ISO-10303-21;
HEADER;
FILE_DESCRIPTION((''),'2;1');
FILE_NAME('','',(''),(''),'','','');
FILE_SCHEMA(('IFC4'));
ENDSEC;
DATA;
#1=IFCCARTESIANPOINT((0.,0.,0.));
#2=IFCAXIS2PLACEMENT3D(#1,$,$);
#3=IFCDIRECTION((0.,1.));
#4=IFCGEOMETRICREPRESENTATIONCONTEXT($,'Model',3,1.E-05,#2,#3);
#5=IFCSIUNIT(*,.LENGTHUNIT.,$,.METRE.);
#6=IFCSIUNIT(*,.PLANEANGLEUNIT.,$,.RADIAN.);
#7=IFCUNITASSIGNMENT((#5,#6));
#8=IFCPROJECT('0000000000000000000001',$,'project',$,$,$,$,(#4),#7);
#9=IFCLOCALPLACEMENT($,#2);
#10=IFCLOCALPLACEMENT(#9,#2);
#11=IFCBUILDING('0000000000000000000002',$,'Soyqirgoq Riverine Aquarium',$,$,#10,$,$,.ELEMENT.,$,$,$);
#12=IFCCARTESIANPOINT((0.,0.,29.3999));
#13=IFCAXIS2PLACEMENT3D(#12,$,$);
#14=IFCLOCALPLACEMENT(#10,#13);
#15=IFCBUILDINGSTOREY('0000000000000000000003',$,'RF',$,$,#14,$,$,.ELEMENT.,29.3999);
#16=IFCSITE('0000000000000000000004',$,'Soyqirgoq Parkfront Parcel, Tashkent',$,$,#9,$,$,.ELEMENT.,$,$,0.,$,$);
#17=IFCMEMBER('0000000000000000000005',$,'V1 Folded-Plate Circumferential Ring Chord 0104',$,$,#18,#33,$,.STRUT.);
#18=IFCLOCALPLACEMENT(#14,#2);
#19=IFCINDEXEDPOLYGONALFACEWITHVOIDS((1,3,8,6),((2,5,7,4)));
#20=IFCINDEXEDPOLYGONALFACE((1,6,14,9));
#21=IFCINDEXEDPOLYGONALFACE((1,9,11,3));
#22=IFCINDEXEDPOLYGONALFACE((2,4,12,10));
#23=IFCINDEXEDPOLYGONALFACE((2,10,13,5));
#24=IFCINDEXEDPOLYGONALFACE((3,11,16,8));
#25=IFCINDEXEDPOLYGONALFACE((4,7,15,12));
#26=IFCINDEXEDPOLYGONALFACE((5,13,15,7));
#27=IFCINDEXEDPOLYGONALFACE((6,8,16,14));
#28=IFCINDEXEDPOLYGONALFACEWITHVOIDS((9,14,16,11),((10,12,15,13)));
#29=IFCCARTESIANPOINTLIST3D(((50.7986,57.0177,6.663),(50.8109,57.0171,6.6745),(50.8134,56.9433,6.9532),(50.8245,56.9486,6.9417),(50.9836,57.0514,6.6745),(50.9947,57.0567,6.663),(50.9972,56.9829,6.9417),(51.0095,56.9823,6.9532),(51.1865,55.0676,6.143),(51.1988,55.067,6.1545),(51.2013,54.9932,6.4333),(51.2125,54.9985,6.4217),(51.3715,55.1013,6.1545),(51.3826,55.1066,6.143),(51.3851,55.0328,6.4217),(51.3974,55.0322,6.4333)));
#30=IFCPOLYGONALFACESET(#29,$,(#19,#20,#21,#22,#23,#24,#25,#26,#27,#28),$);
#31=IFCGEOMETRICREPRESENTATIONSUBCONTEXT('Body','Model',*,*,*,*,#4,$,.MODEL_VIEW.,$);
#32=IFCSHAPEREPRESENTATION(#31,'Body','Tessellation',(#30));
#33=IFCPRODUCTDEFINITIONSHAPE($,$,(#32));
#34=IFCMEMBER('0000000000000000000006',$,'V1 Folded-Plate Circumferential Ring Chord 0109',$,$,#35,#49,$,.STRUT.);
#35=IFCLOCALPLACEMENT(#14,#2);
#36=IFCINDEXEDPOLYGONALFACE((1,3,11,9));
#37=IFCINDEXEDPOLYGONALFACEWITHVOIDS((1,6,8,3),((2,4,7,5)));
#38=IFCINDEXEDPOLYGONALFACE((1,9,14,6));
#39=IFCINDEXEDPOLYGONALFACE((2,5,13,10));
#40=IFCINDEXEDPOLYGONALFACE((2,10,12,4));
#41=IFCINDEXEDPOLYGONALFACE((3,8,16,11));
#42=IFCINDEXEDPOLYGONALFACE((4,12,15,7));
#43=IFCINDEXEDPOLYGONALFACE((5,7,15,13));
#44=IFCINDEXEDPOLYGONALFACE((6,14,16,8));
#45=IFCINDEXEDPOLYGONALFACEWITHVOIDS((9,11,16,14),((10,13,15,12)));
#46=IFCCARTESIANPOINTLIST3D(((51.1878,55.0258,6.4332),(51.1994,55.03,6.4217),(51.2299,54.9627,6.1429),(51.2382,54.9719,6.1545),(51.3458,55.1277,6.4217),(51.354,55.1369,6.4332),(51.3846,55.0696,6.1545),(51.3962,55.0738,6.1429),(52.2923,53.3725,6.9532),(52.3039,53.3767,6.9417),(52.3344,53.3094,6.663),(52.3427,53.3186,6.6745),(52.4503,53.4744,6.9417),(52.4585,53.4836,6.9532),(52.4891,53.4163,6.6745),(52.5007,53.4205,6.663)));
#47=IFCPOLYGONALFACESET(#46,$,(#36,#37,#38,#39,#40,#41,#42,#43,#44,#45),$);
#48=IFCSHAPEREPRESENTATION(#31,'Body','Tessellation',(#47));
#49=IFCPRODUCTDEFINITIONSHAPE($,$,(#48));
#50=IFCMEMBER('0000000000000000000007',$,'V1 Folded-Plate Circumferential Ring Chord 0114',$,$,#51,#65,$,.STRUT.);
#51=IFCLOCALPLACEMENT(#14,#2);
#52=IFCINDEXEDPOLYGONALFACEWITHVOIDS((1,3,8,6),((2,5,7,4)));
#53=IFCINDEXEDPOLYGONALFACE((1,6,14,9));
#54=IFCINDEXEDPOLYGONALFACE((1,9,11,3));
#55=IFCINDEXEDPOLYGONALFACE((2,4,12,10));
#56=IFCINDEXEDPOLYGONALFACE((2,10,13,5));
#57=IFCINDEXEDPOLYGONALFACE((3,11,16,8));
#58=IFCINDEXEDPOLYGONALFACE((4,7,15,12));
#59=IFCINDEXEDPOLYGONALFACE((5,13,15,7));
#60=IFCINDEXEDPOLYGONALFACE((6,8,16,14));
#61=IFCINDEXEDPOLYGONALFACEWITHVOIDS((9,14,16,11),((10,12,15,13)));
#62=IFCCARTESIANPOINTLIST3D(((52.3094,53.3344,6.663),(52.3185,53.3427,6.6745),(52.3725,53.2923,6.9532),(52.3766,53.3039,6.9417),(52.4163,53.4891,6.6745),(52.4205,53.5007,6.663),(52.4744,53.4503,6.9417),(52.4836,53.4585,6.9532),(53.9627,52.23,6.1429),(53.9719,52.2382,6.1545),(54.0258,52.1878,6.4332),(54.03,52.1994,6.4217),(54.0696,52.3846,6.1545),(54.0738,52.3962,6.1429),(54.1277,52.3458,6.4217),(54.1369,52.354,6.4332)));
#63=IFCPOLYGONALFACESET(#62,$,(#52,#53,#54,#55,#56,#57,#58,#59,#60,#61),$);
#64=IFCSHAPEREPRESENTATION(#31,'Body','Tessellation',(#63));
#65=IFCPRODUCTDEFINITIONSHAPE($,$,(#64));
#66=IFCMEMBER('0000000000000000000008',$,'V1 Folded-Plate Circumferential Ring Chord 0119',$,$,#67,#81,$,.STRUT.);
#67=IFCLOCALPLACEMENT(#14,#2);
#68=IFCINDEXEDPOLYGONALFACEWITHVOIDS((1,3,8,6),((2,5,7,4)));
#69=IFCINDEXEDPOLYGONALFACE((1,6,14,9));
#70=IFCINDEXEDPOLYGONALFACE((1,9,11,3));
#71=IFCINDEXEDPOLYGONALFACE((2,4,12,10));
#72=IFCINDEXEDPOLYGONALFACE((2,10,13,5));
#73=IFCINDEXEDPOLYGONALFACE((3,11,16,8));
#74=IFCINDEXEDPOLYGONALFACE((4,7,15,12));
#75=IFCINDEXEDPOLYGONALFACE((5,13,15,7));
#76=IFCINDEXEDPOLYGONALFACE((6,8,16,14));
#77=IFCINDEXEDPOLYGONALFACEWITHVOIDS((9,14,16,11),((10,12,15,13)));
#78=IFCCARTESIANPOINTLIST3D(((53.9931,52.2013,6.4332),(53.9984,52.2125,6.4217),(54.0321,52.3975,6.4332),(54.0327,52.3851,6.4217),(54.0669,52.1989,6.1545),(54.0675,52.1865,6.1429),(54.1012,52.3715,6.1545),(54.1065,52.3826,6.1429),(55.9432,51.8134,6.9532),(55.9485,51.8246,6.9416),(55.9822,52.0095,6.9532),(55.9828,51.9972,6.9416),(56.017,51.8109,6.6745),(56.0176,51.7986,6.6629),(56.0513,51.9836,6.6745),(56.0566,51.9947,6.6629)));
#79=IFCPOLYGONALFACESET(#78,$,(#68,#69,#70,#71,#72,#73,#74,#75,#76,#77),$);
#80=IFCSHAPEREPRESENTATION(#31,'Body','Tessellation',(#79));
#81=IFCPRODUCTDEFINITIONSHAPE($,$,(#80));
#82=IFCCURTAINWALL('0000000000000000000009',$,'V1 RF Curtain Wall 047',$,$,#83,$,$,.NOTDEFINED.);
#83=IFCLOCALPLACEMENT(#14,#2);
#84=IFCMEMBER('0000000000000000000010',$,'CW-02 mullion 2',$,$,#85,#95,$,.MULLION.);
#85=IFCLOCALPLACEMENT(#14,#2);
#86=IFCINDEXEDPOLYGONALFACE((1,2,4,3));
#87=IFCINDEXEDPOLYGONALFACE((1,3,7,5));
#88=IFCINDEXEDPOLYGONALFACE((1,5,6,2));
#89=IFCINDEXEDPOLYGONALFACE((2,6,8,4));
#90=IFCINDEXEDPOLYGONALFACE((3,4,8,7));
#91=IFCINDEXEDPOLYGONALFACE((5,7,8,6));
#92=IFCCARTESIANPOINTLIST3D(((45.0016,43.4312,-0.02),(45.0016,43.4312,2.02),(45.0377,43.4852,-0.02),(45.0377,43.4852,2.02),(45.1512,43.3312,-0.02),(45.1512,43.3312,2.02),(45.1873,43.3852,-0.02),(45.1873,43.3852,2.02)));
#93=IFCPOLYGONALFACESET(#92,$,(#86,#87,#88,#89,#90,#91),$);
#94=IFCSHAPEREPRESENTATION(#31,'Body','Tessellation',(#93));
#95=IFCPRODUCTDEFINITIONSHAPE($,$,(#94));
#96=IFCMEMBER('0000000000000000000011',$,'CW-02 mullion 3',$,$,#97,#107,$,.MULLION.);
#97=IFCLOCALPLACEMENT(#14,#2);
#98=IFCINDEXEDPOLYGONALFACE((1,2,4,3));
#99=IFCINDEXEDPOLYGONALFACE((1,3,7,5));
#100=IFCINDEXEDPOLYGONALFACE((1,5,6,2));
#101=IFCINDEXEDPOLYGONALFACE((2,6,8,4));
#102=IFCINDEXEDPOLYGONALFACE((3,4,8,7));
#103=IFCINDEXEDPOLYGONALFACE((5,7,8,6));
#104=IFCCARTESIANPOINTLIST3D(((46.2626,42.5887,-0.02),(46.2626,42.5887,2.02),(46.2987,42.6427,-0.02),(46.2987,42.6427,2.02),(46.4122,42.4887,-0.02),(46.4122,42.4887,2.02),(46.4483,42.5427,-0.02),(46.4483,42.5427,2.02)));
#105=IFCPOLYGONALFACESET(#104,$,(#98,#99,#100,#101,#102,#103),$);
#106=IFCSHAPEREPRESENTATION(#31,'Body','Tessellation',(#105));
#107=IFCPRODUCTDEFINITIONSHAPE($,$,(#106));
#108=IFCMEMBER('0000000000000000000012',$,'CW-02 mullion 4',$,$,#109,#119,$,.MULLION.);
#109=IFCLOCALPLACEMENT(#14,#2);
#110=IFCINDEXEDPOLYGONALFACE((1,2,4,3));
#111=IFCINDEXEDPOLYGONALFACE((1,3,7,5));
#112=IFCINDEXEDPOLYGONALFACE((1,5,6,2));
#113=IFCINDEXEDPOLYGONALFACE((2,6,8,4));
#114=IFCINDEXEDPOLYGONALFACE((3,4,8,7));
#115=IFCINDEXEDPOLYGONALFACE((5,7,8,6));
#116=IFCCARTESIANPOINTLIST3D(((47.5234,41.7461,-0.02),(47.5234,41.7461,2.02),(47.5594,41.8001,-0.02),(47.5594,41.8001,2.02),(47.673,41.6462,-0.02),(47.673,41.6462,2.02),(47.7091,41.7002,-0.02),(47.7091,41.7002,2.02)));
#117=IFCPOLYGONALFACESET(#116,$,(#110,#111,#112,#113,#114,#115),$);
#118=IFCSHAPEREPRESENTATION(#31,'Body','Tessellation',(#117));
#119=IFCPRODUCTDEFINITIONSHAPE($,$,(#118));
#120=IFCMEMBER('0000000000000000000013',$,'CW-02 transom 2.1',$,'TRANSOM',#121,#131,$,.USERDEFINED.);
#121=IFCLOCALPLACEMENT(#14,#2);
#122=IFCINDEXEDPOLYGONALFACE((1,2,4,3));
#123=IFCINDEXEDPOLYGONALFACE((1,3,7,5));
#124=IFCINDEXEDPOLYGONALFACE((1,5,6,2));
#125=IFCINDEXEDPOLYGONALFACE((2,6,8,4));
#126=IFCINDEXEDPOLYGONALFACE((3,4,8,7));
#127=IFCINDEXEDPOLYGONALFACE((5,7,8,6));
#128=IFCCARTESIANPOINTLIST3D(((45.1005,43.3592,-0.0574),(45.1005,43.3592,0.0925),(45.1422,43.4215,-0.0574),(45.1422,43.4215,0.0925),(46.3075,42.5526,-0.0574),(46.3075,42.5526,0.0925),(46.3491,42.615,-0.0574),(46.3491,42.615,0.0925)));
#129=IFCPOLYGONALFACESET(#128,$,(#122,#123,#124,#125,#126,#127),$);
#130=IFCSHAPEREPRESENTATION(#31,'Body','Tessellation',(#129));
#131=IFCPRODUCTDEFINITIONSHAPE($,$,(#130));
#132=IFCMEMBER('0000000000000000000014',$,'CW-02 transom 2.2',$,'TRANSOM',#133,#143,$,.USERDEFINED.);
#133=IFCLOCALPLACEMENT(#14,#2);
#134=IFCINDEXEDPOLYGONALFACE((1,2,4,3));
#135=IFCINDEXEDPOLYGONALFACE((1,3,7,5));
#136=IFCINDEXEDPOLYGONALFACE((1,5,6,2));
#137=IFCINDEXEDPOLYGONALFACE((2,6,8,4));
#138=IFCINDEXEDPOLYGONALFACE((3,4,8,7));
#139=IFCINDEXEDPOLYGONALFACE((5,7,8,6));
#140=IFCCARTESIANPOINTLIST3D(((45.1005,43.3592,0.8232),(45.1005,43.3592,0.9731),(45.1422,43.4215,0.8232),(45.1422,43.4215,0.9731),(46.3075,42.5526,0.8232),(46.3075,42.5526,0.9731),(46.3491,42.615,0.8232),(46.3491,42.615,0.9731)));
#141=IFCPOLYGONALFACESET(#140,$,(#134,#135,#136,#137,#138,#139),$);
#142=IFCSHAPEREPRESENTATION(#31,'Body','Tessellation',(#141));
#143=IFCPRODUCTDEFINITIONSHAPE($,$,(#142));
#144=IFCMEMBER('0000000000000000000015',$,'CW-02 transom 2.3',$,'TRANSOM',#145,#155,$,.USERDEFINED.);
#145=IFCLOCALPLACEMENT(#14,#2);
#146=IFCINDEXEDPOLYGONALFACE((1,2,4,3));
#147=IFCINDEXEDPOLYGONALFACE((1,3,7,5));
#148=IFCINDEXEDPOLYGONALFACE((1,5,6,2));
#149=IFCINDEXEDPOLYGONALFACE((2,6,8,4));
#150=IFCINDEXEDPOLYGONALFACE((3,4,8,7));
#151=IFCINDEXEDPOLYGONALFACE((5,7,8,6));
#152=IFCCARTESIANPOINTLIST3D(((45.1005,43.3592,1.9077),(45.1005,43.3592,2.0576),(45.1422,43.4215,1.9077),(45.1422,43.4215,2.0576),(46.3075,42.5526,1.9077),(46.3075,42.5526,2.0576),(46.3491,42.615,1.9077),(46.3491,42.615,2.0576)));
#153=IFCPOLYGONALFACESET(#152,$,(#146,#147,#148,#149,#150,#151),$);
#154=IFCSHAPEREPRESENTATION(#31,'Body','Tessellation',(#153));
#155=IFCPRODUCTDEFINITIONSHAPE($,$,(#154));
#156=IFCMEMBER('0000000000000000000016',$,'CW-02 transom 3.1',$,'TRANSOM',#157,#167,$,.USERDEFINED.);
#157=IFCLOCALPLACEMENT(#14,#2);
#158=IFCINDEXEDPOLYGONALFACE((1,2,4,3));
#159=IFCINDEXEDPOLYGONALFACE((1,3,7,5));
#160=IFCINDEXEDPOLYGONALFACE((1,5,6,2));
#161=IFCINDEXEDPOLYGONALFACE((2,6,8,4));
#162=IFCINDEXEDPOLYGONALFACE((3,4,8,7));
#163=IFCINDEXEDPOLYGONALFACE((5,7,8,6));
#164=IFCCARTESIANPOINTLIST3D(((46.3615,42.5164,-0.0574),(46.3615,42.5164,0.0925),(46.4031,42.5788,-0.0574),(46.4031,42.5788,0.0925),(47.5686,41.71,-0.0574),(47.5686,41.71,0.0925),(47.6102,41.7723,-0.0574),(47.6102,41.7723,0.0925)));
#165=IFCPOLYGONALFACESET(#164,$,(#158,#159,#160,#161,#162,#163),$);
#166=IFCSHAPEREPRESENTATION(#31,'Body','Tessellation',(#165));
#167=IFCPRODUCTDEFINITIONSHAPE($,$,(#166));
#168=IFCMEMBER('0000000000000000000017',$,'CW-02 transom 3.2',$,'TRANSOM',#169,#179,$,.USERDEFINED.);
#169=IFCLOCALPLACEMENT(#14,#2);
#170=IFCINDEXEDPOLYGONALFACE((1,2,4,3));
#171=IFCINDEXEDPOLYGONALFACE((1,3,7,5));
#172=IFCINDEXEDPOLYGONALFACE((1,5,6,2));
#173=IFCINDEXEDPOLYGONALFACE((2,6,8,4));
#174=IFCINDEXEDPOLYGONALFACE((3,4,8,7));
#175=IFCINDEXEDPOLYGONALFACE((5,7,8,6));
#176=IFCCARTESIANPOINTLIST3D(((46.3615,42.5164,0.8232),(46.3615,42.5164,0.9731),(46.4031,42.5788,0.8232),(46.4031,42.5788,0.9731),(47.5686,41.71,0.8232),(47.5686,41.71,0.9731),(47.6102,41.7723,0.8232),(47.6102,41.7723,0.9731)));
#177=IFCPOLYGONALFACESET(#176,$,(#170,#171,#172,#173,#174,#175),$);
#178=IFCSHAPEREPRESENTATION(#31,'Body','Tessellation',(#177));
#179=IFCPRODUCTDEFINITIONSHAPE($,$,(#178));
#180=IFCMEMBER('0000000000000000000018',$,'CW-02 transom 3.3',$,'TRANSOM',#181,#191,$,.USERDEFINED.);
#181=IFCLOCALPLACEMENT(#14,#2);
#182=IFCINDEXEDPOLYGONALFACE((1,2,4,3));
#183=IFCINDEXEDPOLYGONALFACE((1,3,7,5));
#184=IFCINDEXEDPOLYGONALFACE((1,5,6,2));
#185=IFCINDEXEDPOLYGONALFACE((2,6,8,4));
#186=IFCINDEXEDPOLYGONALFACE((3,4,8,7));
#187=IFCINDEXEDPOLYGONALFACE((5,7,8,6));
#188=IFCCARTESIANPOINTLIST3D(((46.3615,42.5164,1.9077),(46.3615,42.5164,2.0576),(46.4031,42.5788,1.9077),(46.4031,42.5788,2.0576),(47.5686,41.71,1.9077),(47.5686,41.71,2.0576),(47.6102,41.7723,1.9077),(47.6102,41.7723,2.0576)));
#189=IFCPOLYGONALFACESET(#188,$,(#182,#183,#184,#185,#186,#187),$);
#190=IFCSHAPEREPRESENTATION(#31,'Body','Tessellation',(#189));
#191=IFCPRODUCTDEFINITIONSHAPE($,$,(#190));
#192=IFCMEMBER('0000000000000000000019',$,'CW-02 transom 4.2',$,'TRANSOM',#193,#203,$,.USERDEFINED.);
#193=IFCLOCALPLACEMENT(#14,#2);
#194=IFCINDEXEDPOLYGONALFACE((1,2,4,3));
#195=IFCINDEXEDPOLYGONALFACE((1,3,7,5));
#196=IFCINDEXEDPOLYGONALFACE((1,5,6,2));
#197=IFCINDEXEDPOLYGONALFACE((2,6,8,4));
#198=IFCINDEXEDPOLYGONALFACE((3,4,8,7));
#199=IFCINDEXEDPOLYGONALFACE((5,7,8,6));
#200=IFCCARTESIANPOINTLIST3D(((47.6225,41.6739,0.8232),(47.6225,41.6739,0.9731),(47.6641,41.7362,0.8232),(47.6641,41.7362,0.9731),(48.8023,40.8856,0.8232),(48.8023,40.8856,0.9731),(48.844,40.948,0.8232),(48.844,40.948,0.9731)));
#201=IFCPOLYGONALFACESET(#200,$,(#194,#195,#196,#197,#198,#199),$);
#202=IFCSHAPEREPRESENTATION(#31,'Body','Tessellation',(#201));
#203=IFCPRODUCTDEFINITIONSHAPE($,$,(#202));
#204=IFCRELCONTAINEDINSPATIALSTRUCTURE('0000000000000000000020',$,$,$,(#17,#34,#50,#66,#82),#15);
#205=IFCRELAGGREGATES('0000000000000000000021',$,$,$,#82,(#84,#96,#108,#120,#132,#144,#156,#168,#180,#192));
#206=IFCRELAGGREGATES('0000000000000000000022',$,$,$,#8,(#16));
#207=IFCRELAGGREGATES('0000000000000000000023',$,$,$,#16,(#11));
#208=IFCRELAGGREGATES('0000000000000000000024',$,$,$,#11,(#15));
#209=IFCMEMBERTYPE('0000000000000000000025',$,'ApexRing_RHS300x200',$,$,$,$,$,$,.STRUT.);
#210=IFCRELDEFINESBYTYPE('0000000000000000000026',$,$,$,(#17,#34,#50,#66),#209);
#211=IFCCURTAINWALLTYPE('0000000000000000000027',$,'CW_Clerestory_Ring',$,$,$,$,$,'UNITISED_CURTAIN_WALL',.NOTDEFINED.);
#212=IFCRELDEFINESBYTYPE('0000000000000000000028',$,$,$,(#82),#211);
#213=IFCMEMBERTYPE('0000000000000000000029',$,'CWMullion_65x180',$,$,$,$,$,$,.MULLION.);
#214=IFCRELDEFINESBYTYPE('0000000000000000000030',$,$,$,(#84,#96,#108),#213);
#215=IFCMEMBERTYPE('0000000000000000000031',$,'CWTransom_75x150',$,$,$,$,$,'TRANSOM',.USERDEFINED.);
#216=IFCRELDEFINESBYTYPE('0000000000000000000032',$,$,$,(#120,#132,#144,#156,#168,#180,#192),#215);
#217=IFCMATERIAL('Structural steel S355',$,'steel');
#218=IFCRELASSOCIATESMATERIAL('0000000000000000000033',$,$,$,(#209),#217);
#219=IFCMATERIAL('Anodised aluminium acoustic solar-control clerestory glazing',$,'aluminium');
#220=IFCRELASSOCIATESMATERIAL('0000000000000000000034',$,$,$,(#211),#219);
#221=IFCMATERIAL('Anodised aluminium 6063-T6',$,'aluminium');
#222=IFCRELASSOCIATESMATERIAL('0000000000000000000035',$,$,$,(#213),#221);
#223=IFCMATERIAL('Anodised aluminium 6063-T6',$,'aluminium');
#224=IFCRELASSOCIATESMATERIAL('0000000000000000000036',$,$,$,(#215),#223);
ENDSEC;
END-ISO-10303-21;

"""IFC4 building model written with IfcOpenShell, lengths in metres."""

from ifc_helpers import new_model, si_unit, direction, frame, origin, origin_2d, place, context, subcontext, project, spatial, rectangle, hollow_rectangle, extrude, material, material_profile, profile_set, type_object, element, aggregate, save


model = new_model("IFC4")

# Units and contexts
model_context = context("Model", 3, precision=1e-05, world=origin(), true_north=direction((0.0, 1.0)))
body_context = subcontext(model_context, "Body", "Model", "MODEL_VIEW")
ifc_project = project(units=[si_unit("LENGTHUNIT", "METRE"), si_unit("PLANEANGLEUNIT", "RADIAN")], contexts=[model_context])

# Site, building, storey
site_placement = place(None, origin())
site = spatial("IfcSite", under=ifc_project, at=site_placement, Name="Soyqirgoq Parkfront Parcel, Tashkent", CompositionType="ELEMENT", RefElevation=0.0)
building_placement = place(site_placement, origin())
building = spatial("IfcBuilding", under=site, at=building_placement, Name="Soyqirgoq Riverine Aquarium", CompositionType="ELEMENT")
storey_placement = place(building_placement, frame((0.0, 0.0, 29.3999)))
storey = spatial("IfcBuildingStorey", under=building, at=storey_placement, Name="RF", CompositionType="ELEMENT", Elevation=29.3999)

# Members
ifc_material_1 = material(Name="Structural steel S355", Category="steel")
ifc_material_profile_1 = material_profile(ifc_material_1, hollow_rectangle(XDim=0.2, YDim=0.3, WallThickness=0.012, at=origin_2d()), Name="RHS 300x200x12")
ifc_profile_set_1 = profile_set([ifc_material_profile_1], Name="Structural steel S355")
member_type_1 = type_object("IfcMemberType", Name="ApexRing_RHS300x200", PredefinedType="STRUT", material=ifc_profile_set_1)
for number, where, z_axis, x_axis, name in (
    (1, (50.9041, 57.0, 6.8081), (0.188753, -0.948871, -0.253016), (0.980783, 0.195101, 0.0), "V1 Folded-Plate Circumferential Ring Chord 0104"),
    (2, (51.292, 55.0498, 6.2881), (0.537417, -0.804462, 0.253028), (0.831521, 0.555493, 0.0), "V1 Folded-Plate Circumferential Ring Chord 0109"),
    (3, (52.3965, 53.3965, 6.8081), (0.804462, -0.537417, -0.253028), (0.555493, 0.831521, 0.0), "V1 Folded-Plate Circumferential Ring Chord 0114"),
    (4, (54.0498, 52.292, 6.2881), (0.948871, -0.188753, 0.253016), (0.195101, 0.980783, 0.0), "V1 Folded-Plate Circumferential Ring Chord 0119"),
):
    element("IfcMember", number, at=place(storey_placement, frame(where, z_axis=z_axis, x_axis=x_axis)), inside=storey, type_object=member_type_1, Name=name, PredefinedType="STRUT", context=body_context, shape_type="SweptSolid", body=[
        extrude(hollow_rectangle(XDim=0.2, YDim=0.3, WallThickness=0.012, at=origin_2d()), origin(), (0.0, 0.0, 1.0), 2.0552),
    ])

# Curtain wall, members
ifc_material_2 = material(Name="Anodised aluminium acoustic solar-control clerestory glazing", Category="aluminium")
curtain_wall_type = type_object("IfcCurtainWallType", Name="CW_Clerestory_Ring", ElementType="UNITISED_CURTAIN_WALL", PredefinedType="NOTDEFINED", material=ifc_material_2)
curtain_wall_placement = place(storey_placement, origin())
curtain_wall = element("IfcCurtainWall", 5, at=curtain_wall_placement, inside=storey, type_object=curtain_wall_type, Name="V1 RF Curtain Wall 047", PredefinedType="NOTDEFINED")
ifc_material_3 = material(Name="Anodised aluminium 6063-T6", Category="aluminium")
ifc_material_profile_2 = material_profile(ifc_material_3, rectangle(XDim=0.0649, YDim=0.1799, at=origin_2d()), Name="ALU-M 65x180")
ifc_profile_set_2 = profile_set([ifc_material_profile_2], Name="Anodised aluminium 6063-T6")
member_type_2 = type_object("IfcMemberType", Name="CWMullion_65x180", PredefinedType="MULLION", material=ifc_profile_set_2)
member_1_placement = place(storey_placement, frame((45.0945, 43.4082, -0.02), z_axis=(0.0, 0.0, 1.0), x_axis=(0.555579, 0.831464, 0.0)))
member_1 = element("IfcMember", 6, at=member_1_placement, type_object=member_type_2, Name="CW-02 mullion 2", PredefinedType="MULLION", context=body_context, shape_type="SweptSolid", body=[
    extrude(rectangle(XDim=0.0649, YDim=0.1799, at=origin_2d()), origin(), (0.0, 0.0, 1.0), 2.04),
])
member_2_placement = place(storey_placement, frame((46.3555, 42.5657, -0.02), z_axis=(0.0, 0.0, 1.0), x_axis=(0.555579, 0.831464, 0.0)))
member_2 = element("IfcMember", 7, at=member_2_placement, type_object=member_type_2, Name="CW-02 mullion 3", PredefinedType="MULLION", context=body_context, shape_type="SweptSolid", body=[
    extrude(rectangle(XDim=0.0649, YDim=0.1799, at=origin_2d()), origin(), (0.0, 0.0, 1.0), 2.04),
])
member_3_placement = place(storey_placement, frame((47.6162, 41.7231, -0.02), z_axis=(0.0, 0.0, 1.0), x_axis=(0.555579, 0.831464, 0.0)))
member_3 = element("IfcMember", 8, at=member_3_placement, type_object=member_type_2, Name="CW-02 mullion 4", PredefinedType="MULLION", context=body_context, shape_type="SweptSolid", body=[
    extrude(rectangle(XDim=0.0649, YDim=0.1799, at=origin_2d()), origin(), (0.0, 0.0, 1.0), 2.04),
])
ifc_material_4 = material(Name="Anodised aluminium 6063-T6", Category="aluminium")
ifc_material_profile_3 = material_profile(ifc_material_4, rectangle(XDim=0.075, YDim=0.1499, at=origin_2d()), Name="ALU-T 75x150")
ifc_profile_set_3 = profile_set([ifc_material_profile_3], Name="Anodised aluminium 6063-T6")
member_type_3 = type_object("IfcMemberType", Name="CWTransom_75x150", ElementType="TRANSOM", PredefinedType="USERDEFINED", material=ifc_profile_set_3)
member_4_placement = place(storey_placement, frame((45.1213, 43.3904, 0.0176), z_axis=(0.831429, -0.555631, 0.0), x_axis=(0.555631, 0.831429, 0.0)))
member_4 = element("IfcMember", 9, at=member_4_placement, type_object=member_type_3, Name="CW-02 transom 2.1", ObjectType="TRANSOM", PredefinedType="USERDEFINED", context=body_context, shape_type="SweptSolid", body=[
    extrude(rectangle(XDim=0.075, YDim=0.1499, at=origin_2d()), origin(), (0.0, 0.0, 1.0), 1.4517),
])
member_5_placement = place(storey_placement, frame((45.1213, 43.3904, 0.8982), z_axis=(0.831429, -0.555631, 0.0), x_axis=(0.555631, 0.831429, 0.0)))
member_5 = element("IfcMember", 10, at=member_5_placement, type_object=member_type_3, Name="CW-02 transom 2.2", ObjectType="TRANSOM", PredefinedType="USERDEFINED", context=body_context, shape_type="SweptSolid", body=[
    extrude(rectangle(XDim=0.075, YDim=0.1499, at=origin_2d()), origin(), (0.0, 0.0, 1.0), 1.4517),
])
member_6_placement = place(storey_placement, frame((45.1213, 43.3904, 1.9827), z_axis=(0.831429, -0.555631, 0.0), x_axis=(0.555631, 0.831429, 0.0)))
member_6 = element("IfcMember", 11, at=member_6_placement, type_object=member_type_3, Name="CW-02 transom 2.3", ObjectType="TRANSOM", PredefinedType="USERDEFINED", context=body_context, shape_type="SweptSolid", body=[
    extrude(rectangle(XDim=0.075, YDim=0.1499, at=origin_2d()), origin(), (0.0, 0.0, 1.0), 1.4517),
])
member_7_placement = place(storey_placement, frame((46.3823, 42.5476, 0.0176), z_axis=(0.831507, -0.555515, 0.0), x_axis=(0.555515, 0.831507, 0.0)))
member_7 = element("IfcMember", 12, at=member_7_placement, type_object=member_type_3, Name="CW-02 transom 3.1", ObjectType="TRANSOM", PredefinedType="USERDEFINED", context=body_context, shape_type="SweptSolid", body=[
    extrude(rectangle(XDim=0.075, YDim=0.1499, at=origin_2d()), origin(), (0.0, 0.0, 1.0), 1.4517),
])
member_8_placement = place(storey_placement, frame((46.3823, 42.5476, 0.8982), z_axis=(0.831507, -0.555515, 0.0), x_axis=(0.555515, 0.831507, 0.0)))
member_8 = element("IfcMember", 13, at=member_8_placement, type_object=member_type_3, Name="CW-02 transom 3.2", ObjectType="TRANSOM", PredefinedType="USERDEFINED", context=body_context, shape_type="SweptSolid", body=[
    extrude(rectangle(XDim=0.075, YDim=0.1499, at=origin_2d()), origin(), (0.0, 0.0, 1.0), 1.4517),
])
member_9_placement = place(storey_placement, frame((46.3823, 42.5476, 1.9827), z_axis=(0.831507, -0.555515, 0.0), x_axis=(0.555515, 0.831507, 0.0)))
member_9 = element("IfcMember", 14, at=member_9_placement, type_object=member_type_3, Name="CW-02 transom 3.3", ObjectType="TRANSOM", PredefinedType="USERDEFINED", context=body_context, shape_type="SweptSolid", body=[
    extrude(rectangle(XDim=0.075, YDim=0.1499, at=origin_2d()), origin(), (0.0, 0.0, 1.0), 1.4517),
])
member_10_placement = place(storey_placement, frame((47.6433, 41.7051, 0.8982), z_axis=(0.831494, -0.555534, 0.0), x_axis=(0.555534, 0.831494, 0.0)))
member_10 = element("IfcMember", 15, at=member_10_placement, type_object=member_type_3, Name="CW-02 transom 4.2", ObjectType="TRANSOM", PredefinedType="USERDEFINED", context=body_context, shape_type="SweptSolid", body=[
    extrude(rectangle(XDim=0.075, YDim=0.1499, at=origin_2d()), origin(), (0.0, 0.0, 1.0), 1.4189),
])

aggregate(curtain_wall, [member_1, member_2, member_3, member_4, member_5, member_6, member_7, member_8, member_9, member_10])

save(model, "model.ifc")
